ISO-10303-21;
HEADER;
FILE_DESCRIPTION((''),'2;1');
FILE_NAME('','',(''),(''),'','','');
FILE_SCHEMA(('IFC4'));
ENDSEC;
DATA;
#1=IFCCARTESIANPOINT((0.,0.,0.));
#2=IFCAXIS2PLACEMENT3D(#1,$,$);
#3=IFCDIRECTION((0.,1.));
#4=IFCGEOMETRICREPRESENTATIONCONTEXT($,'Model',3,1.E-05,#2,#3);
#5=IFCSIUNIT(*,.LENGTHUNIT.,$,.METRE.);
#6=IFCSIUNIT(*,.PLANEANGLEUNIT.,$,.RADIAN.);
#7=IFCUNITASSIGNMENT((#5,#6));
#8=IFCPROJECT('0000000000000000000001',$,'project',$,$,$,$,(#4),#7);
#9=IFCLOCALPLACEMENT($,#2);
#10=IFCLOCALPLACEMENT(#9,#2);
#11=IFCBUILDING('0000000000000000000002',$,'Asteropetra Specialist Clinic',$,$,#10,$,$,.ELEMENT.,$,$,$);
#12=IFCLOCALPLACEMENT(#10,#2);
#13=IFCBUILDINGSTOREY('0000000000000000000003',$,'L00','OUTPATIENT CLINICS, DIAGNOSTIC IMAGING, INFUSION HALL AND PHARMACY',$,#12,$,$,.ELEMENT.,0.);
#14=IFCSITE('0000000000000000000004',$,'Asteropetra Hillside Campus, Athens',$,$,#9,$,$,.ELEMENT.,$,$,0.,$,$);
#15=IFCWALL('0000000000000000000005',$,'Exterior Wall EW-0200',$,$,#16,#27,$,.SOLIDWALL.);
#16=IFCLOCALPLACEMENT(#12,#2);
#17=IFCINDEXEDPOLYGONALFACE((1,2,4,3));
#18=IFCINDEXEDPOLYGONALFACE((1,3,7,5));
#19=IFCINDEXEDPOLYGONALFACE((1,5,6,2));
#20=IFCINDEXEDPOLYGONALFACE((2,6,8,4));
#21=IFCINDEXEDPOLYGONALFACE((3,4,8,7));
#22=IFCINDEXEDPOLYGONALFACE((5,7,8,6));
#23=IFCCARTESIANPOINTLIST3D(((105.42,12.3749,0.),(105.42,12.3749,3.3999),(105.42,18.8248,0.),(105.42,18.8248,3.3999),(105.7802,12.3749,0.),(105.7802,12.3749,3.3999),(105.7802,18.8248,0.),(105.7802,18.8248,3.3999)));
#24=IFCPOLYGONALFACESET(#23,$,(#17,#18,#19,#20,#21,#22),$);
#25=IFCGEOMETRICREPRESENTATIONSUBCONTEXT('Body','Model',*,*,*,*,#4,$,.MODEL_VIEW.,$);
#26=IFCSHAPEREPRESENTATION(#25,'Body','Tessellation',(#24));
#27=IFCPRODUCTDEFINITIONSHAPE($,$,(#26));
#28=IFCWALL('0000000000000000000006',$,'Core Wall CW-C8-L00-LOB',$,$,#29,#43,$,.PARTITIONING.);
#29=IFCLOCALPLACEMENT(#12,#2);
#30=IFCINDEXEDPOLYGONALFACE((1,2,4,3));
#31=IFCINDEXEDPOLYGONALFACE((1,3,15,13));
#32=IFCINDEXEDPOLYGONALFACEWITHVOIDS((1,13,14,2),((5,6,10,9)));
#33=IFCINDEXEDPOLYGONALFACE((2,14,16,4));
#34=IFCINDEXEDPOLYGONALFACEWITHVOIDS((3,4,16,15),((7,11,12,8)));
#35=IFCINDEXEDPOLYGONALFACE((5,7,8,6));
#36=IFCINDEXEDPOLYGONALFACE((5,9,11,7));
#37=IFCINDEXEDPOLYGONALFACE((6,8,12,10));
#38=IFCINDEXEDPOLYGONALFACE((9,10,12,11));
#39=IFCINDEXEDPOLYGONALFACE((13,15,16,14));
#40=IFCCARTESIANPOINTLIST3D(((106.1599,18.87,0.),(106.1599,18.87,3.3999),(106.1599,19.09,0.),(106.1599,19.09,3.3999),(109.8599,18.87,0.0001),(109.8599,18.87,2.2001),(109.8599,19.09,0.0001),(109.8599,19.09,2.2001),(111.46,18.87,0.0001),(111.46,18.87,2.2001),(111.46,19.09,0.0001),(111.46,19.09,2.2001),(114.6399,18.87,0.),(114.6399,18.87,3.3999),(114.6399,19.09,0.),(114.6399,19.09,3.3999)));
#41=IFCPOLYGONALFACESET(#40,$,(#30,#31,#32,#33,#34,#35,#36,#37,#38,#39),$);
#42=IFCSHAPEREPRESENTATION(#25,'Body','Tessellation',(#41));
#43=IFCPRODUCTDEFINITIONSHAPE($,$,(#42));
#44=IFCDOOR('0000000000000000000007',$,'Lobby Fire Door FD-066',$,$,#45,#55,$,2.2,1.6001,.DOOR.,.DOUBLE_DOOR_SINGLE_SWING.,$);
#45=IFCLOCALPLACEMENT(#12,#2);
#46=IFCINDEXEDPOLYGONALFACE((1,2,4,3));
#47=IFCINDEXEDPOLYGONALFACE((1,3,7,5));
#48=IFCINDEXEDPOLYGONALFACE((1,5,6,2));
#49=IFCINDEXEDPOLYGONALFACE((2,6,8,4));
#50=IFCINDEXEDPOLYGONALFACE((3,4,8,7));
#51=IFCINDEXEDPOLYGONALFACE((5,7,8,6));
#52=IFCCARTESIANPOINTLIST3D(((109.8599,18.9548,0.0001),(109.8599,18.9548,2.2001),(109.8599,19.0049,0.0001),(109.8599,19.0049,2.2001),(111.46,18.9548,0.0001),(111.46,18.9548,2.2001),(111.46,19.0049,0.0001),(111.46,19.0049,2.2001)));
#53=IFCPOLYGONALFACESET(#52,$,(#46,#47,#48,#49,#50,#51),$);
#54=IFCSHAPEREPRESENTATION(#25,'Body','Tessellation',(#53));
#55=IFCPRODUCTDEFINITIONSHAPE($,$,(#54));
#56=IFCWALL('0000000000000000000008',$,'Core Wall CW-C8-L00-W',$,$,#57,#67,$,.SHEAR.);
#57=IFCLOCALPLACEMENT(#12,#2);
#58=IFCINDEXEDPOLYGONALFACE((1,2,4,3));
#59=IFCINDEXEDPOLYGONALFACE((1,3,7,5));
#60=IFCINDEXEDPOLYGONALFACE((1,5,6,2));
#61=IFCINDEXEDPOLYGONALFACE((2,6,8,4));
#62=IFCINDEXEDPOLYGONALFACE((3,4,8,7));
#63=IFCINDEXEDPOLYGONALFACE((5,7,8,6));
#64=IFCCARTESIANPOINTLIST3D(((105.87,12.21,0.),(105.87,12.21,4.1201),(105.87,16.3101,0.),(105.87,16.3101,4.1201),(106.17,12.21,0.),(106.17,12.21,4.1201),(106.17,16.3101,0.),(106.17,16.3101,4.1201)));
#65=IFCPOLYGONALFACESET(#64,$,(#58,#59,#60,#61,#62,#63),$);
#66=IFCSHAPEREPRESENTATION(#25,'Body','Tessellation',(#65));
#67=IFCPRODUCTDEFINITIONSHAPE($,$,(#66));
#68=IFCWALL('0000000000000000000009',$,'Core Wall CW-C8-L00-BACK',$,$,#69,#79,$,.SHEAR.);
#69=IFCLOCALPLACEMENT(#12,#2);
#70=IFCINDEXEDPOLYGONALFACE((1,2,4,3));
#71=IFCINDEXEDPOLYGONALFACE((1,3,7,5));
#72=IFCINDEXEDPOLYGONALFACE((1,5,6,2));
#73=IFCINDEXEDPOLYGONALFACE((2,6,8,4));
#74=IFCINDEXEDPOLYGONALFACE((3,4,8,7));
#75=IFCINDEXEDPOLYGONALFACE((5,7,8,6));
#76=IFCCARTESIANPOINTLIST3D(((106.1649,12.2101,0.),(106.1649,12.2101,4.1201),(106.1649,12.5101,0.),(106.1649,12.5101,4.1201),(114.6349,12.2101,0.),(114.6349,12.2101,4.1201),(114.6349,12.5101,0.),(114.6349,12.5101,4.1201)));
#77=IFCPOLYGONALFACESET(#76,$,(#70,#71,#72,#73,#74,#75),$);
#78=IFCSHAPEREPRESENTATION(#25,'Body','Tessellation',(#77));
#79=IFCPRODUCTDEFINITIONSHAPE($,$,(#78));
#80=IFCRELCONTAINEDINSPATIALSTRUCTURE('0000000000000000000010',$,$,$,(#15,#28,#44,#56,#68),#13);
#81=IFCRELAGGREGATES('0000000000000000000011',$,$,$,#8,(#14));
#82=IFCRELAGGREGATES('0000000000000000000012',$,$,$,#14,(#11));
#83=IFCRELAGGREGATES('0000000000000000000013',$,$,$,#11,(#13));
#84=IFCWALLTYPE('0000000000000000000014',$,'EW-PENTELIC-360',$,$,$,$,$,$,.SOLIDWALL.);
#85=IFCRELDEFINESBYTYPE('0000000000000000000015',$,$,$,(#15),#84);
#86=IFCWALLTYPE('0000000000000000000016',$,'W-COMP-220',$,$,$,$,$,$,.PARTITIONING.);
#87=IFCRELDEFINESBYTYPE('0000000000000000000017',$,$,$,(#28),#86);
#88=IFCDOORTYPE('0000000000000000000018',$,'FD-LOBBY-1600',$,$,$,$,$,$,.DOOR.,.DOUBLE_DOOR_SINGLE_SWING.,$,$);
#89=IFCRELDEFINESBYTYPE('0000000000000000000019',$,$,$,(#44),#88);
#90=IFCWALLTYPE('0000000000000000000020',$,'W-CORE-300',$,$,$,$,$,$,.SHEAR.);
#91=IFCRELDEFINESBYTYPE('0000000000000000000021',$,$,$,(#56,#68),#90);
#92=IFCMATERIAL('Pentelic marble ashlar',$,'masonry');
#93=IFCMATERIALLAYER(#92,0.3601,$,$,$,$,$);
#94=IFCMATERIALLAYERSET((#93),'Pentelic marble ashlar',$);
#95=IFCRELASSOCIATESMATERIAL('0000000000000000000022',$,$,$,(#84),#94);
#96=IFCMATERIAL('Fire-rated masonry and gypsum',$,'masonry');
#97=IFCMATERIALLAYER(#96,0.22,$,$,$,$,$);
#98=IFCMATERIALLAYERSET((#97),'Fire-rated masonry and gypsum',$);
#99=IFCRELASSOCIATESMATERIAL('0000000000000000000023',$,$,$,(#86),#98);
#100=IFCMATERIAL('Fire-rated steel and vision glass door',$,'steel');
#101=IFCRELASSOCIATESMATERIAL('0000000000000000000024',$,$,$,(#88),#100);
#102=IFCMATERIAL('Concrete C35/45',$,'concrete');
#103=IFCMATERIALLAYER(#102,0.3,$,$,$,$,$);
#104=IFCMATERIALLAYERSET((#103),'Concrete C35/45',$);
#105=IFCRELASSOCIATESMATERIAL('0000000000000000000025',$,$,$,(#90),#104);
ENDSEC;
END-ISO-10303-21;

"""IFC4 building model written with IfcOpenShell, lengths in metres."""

from ifc_helpers import new_model, si_unit, direction, frame, frame_2d, origin, place, context, subcontext, project, spatial, rectangle, extrude, material, layer, layer_set, type_object, element, fill, save


model = new_model("IFC4")

# Units and contexts
model_context = context("Model", 3, precision=1e-05, world=origin(), true_north=direction((0.0, 1.0)))
body_context = subcontext(model_context, "Body", "Model", "MODEL_VIEW")
ifc_project = project(units=[si_unit("LENGTHUNIT", "METRE"), si_unit("PLANEANGLEUNIT", "RADIAN")], contexts=[model_context])

# Site, building, storey
site_placement = place(None, origin())
site = spatial("IfcSite", under=ifc_project, at=site_placement, Name="Asteropetra Hillside Campus, Athens", CompositionType="ELEMENT", RefElevation=0.0)
building_placement = place(site_placement, origin())
building = spatial("IfcBuilding", under=site, at=building_placement, Name="Asteropetra Specialist Clinic", CompositionType="ELEMENT")
storey_placement = place(building_placement, origin())
storey = spatial("IfcBuildingStorey", under=building, at=storey_placement, Name="L00", Description="OUTPATIENT CLINICS, DIAGNOSTIC IMAGING, INFUSION HALL AND PHARMACY", CompositionType="ELEMENT", Elevation=0.0)

# Wall
ifc_material_1 = material(Name="Pentelic marble ashlar", Category="masonry")
ifc_layer_1 = layer(ifc_material_1, 0.3601)
ifc_layer_set_1 = layer_set([ifc_layer_1], Name="Pentelic marble ashlar")
wall_type_1 = type_object("IfcWallType", Name="EW-PENTELIC-360", PredefinedType="SOLIDWALL", material=ifc_layer_set_1)
wall_1_placement = place(storey_placement, frame((105.6001, 18.825, 0.0), z_axis=(0.0, 0.0, 1.0), x_axis=(0.0, -1.0, 0.0)))
element("IfcWall", 1, at=wall_1_placement, inside=storey, type_object=wall_type_1, Name="Exterior Wall EW-0200", PredefinedType="SOLIDWALL", context=body_context, shape_type="SweptSolid", body=[
    extrude(rectangle(XDim=6.45, YDim=0.3601, at=frame_2d((3.2251, 0.0))), origin(), (0.0, 0.0, 1.0), 3.3999),
])

# Wall, opening, door
ifc_material_2 = material(Name="Fire-rated masonry and gypsum", Category="masonry")
ifc_layer_2 = layer(ifc_material_2, 0.22)
ifc_layer_set_2 = layer_set([ifc_layer_2], Name="Fire-rated masonry and gypsum")
wall_type_2 = type_object("IfcWallType", Name="W-COMP-220", PredefinedType="PARTITIONING", material=ifc_layer_set_2)
wall_2_placement = place(storey_placement, frame((106.1599, 18.98, 0.0), z_axis=(0.0, 0.0, 1.0), x_axis=(1.0, 0.0, 0.0)))
wall_2 = element("IfcWall", 2, at=wall_2_placement, inside=storey, type_object=wall_type_2, Name="Core Wall CW-C8-L00-LOB", PredefinedType="PARTITIONING", context=body_context, shape_type="SweptSolid", body=[
    extrude(rectangle(XDim=8.48, YDim=0.22, at=frame_2d((4.24, 0.0))), origin(), (0.0, 0.0, 1.0), 3.3999),
])
opening_1_placement = place(wall_2_placement, frame((3.7, 0.0, 0.0)))
opening_1 = element("IfcOpeningElement", 3, at=opening_1_placement, cuts=wall_2, PredefinedType="OPENING", context=body_context, shape_type="SweptSolid", body=[
    extrude(rectangle(XDim=1.6001, YDim=2.2, at=frame_2d((0.8, 1.1001))), frame((0.0, 0.1199, 0.0), z_axis=(0.0, -1.0, 0.0), x_axis=(1.0, 0.0, 0.0)), (0.0, 0.0, 1.0), 0.24),
])
ifc_material_3 = material(Name="Fire-rated steel and vision glass door", Category="steel")
door_type_1 = type_object("IfcDoorType", Name="FD-LOBBY-1600", OperationType="DOUBLE_DOOR_SINGLE_SWING", PredefinedType="DOOR", material=ifc_material_3)
door_1_placement = place(opening_1_placement, origin())
door_1 = element("IfcDoor", 4, at=door_1_placement, inside=storey, type_object=door_type_1, Name="Lobby Fire Door FD-066", OperationType="DOUBLE_DOOR_SINGLE_SWING", OverallHeight=2.2, OverallWidth=1.6001, PredefinedType="DOOR", context=body_context, shape_type="SweptSolid", body=[
    extrude(rectangle(XDim=1.6001, YDim=2.2, at=frame_2d((0.8, 1.1001))), frame((0.0, 0.0249, 0.0), z_axis=(0.0, -1.0, 0.0), x_axis=(1.0, 0.0, 0.0)), (0.0, 0.0, 1.0), 0.05),
])
fill(opening_1, door_1)

# Walls
ifc_material_4 = material(Name="Concrete C35/45", Category="concrete")
ifc_layer_3 = layer(ifc_material_4, 0.3)
ifc_layer_set_3 = layer_set([ifc_layer_3], Name="Concrete C35/45")
wall_type_3 = type_object("IfcWallType", Name="W-CORE-300", PredefinedType="SHEAR", material=ifc_layer_set_3)
wall_3_placement = place(storey_placement, frame((106.02, 12.21, 0.0), z_axis=(0.0, 0.0, 1.0), x_axis=(0.0, 1.0, 0.0)))
element("IfcWall", 5, at=wall_3_placement, inside=storey, type_object=wall_type_3, Name="Core Wall CW-C8-L00-W", PredefinedType="SHEAR", context=body_context, shape_type="SweptSolid", body=[
    extrude(rectangle(XDim=4.1001, YDim=0.3, at=frame_2d((2.05, 0.0))), origin(), (0.0, 0.0, 1.0), 4.1201),
])
wall_4_placement = place(storey_placement, frame((106.165, 12.3601, 0.0), z_axis=(0.0, 0.0, 1.0), x_axis=(1.0, 0.0, 0.0)))
element("IfcWall", 6, at=wall_4_placement, inside=storey, type_object=wall_type_3, Name="Core Wall CW-C8-L00-BACK", PredefinedType="SHEAR", context=body_context, shape_type="SweptSolid", body=[
    extrude(rectangle(XDim=8.47, YDim=0.3, at=frame_2d((4.2349, 0.0))), origin(), (0.0, 0.0, 1.0), 4.1201),
])

save(model, "model.ifc")
